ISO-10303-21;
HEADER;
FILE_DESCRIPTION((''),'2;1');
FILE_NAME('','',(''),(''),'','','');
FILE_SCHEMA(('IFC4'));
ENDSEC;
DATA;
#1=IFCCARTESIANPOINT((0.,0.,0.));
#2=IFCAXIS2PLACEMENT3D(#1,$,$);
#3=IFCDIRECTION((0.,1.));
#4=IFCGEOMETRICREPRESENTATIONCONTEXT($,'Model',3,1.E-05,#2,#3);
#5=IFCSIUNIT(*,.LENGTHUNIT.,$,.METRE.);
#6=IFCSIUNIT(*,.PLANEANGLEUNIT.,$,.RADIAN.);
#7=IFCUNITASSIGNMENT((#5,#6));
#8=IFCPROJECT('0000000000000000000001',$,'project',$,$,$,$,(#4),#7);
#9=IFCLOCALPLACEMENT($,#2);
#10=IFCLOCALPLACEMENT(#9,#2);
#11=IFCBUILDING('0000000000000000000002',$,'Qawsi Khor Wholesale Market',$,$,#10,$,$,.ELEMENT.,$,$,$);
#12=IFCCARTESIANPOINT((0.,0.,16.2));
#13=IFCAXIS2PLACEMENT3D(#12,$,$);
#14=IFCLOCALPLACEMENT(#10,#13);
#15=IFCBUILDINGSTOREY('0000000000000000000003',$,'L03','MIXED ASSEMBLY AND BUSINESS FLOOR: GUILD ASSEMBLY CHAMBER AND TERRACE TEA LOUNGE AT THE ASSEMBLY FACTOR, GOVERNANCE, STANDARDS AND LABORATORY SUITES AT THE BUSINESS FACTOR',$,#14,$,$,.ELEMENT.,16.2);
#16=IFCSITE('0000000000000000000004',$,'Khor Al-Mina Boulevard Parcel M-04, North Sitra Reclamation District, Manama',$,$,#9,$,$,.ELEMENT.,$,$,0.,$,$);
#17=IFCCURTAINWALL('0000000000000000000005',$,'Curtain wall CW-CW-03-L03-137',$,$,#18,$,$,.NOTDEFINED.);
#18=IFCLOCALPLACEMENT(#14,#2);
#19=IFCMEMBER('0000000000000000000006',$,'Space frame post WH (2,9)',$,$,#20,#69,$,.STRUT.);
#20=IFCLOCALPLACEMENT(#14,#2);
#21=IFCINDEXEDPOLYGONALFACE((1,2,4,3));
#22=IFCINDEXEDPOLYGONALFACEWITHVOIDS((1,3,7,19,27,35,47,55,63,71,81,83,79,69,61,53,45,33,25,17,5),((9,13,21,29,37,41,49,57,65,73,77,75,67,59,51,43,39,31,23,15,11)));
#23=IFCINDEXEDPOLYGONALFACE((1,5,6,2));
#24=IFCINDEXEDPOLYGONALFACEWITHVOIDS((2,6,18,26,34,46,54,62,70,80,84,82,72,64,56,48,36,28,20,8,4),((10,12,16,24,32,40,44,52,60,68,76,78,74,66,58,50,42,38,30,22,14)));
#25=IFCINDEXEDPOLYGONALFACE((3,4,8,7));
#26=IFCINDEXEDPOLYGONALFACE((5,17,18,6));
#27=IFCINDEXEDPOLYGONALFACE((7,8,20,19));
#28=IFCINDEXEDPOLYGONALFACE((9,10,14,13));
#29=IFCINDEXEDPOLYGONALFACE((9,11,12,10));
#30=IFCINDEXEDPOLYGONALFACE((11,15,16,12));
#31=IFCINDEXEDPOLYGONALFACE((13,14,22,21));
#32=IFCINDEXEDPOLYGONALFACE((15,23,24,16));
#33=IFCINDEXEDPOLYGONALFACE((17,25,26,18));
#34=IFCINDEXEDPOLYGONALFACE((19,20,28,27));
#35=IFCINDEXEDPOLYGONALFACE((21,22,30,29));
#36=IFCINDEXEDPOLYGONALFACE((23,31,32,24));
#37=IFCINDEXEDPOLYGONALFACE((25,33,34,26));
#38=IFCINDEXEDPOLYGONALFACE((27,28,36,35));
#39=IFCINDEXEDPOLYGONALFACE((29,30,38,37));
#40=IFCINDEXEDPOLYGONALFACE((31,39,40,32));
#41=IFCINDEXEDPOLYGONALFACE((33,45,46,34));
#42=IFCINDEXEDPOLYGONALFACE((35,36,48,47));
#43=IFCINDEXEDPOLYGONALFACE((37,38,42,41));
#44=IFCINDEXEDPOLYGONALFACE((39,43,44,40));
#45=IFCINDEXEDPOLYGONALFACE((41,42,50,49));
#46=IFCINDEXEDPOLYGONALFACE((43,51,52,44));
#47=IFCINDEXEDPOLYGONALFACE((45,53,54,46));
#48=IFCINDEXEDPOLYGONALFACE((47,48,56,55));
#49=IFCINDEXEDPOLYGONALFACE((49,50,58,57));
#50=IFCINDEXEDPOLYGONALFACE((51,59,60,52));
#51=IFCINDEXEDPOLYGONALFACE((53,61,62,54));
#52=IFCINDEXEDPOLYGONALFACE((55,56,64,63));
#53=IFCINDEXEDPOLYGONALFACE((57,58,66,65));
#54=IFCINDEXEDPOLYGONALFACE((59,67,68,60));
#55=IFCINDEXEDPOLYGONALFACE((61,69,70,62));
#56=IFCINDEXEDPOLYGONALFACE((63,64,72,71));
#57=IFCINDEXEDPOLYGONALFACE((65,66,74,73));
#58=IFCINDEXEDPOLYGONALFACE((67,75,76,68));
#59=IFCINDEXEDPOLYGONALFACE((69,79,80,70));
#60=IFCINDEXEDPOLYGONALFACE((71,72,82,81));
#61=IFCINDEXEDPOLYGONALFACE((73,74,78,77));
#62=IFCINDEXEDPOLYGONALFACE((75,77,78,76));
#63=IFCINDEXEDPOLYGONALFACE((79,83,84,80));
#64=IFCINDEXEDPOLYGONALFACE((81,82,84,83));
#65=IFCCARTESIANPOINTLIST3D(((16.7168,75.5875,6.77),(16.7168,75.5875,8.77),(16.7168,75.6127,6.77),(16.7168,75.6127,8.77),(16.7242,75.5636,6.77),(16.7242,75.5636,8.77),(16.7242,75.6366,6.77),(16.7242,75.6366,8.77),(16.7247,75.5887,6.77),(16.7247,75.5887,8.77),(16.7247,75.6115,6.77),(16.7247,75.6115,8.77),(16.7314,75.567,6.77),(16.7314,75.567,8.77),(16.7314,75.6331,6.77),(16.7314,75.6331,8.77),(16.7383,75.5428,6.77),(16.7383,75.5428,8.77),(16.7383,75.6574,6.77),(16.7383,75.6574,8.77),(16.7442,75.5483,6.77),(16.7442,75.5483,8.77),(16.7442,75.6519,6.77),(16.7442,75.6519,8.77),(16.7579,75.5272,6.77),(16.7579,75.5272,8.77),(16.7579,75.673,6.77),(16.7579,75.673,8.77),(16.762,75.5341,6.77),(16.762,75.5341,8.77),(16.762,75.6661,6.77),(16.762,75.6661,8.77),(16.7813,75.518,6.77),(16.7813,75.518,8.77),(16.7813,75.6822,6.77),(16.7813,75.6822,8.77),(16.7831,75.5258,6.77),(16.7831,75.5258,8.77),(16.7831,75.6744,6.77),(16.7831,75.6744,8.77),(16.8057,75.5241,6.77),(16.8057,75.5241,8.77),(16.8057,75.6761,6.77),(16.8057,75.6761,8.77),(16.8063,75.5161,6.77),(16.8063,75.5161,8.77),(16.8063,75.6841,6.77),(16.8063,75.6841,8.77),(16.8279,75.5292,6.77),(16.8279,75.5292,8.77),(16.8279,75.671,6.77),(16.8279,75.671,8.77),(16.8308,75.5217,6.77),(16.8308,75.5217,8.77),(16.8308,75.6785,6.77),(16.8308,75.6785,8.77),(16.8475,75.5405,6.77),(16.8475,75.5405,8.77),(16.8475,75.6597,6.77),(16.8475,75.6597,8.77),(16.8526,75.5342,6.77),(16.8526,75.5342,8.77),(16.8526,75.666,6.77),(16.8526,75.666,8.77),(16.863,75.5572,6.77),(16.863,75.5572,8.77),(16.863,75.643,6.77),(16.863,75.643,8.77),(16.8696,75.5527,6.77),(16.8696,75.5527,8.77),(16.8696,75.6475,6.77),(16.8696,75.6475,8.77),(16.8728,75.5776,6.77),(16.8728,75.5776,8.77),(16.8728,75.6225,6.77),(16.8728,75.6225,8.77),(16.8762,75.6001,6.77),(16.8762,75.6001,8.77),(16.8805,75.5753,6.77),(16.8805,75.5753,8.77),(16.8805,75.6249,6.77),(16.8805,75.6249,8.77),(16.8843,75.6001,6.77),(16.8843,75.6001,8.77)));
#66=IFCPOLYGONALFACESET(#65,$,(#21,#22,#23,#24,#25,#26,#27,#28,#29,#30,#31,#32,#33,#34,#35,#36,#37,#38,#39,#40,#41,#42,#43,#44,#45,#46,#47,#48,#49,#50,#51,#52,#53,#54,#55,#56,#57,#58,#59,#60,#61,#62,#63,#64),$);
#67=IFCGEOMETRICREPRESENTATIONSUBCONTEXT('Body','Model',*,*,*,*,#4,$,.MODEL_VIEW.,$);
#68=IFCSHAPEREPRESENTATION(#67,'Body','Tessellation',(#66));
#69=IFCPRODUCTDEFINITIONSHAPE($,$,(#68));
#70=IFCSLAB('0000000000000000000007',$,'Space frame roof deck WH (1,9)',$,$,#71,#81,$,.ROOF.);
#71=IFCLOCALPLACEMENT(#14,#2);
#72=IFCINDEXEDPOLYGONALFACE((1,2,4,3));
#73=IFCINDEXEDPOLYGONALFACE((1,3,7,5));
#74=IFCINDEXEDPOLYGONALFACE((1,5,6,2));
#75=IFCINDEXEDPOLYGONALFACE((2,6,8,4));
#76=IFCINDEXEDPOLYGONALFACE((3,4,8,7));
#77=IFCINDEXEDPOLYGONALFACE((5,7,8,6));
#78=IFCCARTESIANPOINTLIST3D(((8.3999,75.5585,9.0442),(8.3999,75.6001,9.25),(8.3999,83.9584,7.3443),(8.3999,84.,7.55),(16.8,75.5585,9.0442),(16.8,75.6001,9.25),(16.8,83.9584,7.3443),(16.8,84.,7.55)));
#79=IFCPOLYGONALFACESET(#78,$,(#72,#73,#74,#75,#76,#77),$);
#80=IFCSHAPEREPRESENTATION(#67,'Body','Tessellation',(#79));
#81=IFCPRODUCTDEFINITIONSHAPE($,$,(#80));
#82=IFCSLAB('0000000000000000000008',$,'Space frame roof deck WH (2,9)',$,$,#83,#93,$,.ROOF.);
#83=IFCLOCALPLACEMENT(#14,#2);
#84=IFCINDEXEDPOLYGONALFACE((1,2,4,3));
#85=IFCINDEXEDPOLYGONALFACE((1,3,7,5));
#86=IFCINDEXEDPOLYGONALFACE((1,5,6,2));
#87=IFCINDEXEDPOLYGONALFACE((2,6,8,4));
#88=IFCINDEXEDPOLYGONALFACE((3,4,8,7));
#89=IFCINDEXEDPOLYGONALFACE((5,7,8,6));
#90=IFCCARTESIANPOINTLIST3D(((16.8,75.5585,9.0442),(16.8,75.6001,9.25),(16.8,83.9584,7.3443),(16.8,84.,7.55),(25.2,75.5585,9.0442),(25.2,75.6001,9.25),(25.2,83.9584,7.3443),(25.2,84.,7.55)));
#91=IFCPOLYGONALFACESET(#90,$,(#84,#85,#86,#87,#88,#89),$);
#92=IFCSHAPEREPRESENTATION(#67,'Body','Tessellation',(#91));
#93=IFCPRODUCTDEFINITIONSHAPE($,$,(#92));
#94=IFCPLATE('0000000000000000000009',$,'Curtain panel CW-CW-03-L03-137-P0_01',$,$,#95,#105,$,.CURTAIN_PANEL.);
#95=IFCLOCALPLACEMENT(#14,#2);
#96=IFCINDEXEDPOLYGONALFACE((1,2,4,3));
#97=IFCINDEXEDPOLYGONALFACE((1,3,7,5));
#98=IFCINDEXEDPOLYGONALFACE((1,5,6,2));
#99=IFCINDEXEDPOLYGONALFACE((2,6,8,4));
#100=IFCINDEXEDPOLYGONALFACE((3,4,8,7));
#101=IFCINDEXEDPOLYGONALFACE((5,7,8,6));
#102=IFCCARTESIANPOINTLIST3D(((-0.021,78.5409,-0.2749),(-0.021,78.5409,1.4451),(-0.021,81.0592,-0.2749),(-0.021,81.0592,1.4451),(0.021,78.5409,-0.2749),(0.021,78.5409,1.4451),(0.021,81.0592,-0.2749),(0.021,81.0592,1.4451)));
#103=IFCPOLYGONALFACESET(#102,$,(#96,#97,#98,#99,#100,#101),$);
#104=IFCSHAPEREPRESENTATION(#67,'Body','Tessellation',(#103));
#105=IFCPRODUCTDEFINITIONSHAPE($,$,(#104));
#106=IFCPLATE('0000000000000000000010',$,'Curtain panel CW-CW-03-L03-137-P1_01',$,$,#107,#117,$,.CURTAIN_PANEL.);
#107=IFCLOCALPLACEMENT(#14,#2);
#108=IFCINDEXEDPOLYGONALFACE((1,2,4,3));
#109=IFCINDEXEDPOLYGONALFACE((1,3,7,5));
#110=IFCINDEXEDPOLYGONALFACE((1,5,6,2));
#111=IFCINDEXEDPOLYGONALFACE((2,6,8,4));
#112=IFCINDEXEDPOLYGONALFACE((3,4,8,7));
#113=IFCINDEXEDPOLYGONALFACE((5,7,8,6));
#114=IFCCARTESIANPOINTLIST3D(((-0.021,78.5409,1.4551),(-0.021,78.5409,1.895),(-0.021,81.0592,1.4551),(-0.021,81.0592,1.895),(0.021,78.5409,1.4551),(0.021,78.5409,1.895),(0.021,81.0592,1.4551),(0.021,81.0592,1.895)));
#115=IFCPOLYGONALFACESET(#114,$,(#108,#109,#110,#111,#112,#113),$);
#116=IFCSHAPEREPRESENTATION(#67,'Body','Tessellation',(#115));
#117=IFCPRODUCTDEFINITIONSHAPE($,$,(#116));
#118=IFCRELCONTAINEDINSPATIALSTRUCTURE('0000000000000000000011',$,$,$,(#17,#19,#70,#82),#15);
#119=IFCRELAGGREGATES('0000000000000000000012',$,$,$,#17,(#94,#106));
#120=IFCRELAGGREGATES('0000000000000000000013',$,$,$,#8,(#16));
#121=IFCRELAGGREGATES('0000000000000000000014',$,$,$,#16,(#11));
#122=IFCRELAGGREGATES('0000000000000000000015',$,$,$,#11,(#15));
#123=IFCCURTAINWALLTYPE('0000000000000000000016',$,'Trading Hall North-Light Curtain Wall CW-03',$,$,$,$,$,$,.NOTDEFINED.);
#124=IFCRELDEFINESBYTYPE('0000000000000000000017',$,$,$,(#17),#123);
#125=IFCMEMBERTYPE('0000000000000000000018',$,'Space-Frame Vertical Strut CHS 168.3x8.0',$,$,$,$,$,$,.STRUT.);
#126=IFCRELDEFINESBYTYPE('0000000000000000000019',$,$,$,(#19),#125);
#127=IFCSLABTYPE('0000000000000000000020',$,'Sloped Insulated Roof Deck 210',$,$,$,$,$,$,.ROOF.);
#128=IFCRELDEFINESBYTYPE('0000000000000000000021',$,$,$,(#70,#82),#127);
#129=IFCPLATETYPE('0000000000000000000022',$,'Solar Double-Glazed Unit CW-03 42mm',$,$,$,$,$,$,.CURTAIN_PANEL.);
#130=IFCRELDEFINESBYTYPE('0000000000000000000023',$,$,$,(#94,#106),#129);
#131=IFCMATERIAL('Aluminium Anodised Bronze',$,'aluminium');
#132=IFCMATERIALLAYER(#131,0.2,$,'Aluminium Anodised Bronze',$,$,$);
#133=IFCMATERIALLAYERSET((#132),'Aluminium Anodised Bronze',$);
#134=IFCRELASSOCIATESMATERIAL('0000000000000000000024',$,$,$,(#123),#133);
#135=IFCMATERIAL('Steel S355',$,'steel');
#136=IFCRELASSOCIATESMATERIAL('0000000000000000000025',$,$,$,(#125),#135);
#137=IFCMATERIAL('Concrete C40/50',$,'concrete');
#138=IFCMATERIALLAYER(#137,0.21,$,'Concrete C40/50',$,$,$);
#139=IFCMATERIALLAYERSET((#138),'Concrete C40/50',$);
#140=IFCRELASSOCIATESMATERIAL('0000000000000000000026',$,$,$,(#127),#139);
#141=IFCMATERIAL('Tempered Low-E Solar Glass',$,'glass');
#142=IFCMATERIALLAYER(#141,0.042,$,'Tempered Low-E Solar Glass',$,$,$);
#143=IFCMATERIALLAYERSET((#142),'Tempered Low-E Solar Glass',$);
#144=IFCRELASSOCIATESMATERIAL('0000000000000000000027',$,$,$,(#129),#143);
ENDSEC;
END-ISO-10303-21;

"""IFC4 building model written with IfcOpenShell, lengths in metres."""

from ifc_helpers import new_model, si_unit, direction, frame, frame_2d, origin, origin_2d, place, context, subcontext, project, spatial, polyline, rectangle, hollow_circle, outline, extrude, material, layer, layer_set, material_profile, profile_set, type_object, element, aggregate, save


model = new_model("IFC4")

# Units and contexts
model_context = context("Model", 3, precision=1e-05, world=origin(), true_north=direction((0.0, 1.0)))
body_context = subcontext(model_context, "Body", "Model", "MODEL_VIEW")
ifc_project = project(units=[si_unit("LENGTHUNIT", "METRE"), si_unit("PLANEANGLEUNIT", "RADIAN")], contexts=[model_context])

# Site, building, storey
site_placement = place(None, origin())
site = spatial("IfcSite", under=ifc_project, at=site_placement, Name="Khor Al-Mina Boulevard Parcel M-04, North Sitra Reclamation District, Manama", CompositionType="ELEMENT", RefElevation=0.0)
building_placement = place(site_placement, origin())
building = spatial("IfcBuilding", under=site, at=building_placement, Name="Qawsi Khor Wholesale Market", CompositionType="ELEMENT")
storey_placement = place(building_placement, frame((0.0, 0.0, 16.2)))
storey = spatial("IfcBuildingStorey", under=building, at=storey_placement, Name="L03", Description="MIXED ASSEMBLY AND BUSINESS FLOOR: GUILD ASSEMBLY CHAMBER AND TERRACE TEA LOUNGE AT THE ASSEMBLY FACTOR, GOVERNANCE, STANDARDS AND LABORATORY SUITES AT THE BUSINESS FACTOR", CompositionType="ELEMENT", Elevation=16.2)

# Curtain wall
ifc_material_1 = material(Name="Aluminium Anodised Bronze", Category="aluminium")
ifc_layer_1 = layer(ifc_material_1, 0.2, Name="Aluminium Anodised Bronze")
ifc_layer_set_1 = layer_set([ifc_layer_1], Name="Aluminium Anodised Bronze")
curtain_wall_type = type_object("IfcCurtainWallType", Name="Trading Hall North-Light Curtain Wall CW-03", PredefinedType="NOTDEFINED", material=ifc_layer_set_1)
curtain_wall_placement = place(storey_placement, origin())
curtain_wall = element("IfcCurtainWall", 1, at=curtain_wall_placement, inside=storey, type_object=curtain_wall_type, Name="Curtain wall CW-CW-03-L03-137", PredefinedType="NOTDEFINED")

# Member
ifc_material_2 = material(Name="Steel S355", Category="steel")
ifc_material_profile_1 = material_profile(ifc_material_2, hollow_circle(Radius=0.0842, WallThickness=0.0081, at=origin_2d()), Name="CHS 168.3x8.0")
ifc_profile_set_1 = profile_set([ifc_material_profile_1], Name="Steel S355")
member_type_1 = type_object("IfcMemberType", Name="Space-Frame Vertical Strut CHS 168.3x8.0", PredefinedType="STRUT", material=ifc_profile_set_1)
for number, where, z_axis, x_axis, name in (
    (2, (16.8, 75.6001, 6.77), (0.0, 0.0, 1.0), (1.0, 0.0, 0.0), "Space frame post WH (2,9)"),
):
    element("IfcMember", number, at=place(storey_placement, frame(where, z_axis=z_axis, x_axis=x_axis)), inside=storey, type_object=member_type_1, Name=name, PredefinedType="STRUT", context=body_context, shape_type="SweptSolid", body=[
        extrude(hollow_circle(Radius=0.0842, WallThickness=0.0081, at=origin_2d()), origin(), (0.0, 0.0, 1.0), 2.0),
    ])

# Slabs
ifc_material_3 = material(Name="Concrete C40/50", Category="concrete")
ifc_layer_2 = layer(ifc_material_3, 0.21, Name="Concrete C40/50")
ifc_layer_set_2 = layer_set([ifc_layer_2], Name="Concrete C40/50")
slab_type = type_object("IfcSlabType", Name="Sloped Insulated Roof Deck 210", PredefinedType="ROOF", material=ifc_layer_set_2)
slab_1_placement = place(storey_placement, frame((8.3999, 75.6001, 9.25), z_axis=(0.0, 0.198356, 0.98013), x_axis=(1.0, 0.0, 0.0)))
element("IfcSlab", 3, at=slab_1_placement, inside=storey, type_object=slab_type, Name="Space frame roof deck WH (1,9)", PredefinedType="ROOF", context=body_context, shape_type="SweptSolid", body=[
    extrude(outline(polyline([(0.0, 0.0), (8.4001, 0.0), (8.4001, 8.5702), (0.0, 8.5702), (0.0, 0.0)])), origin(), (0.0, 0.0, -1.0), 0.21),
])
slab_2_placement = place(storey_placement, frame((16.8, 75.6001, 9.25), z_axis=(0.0, 0.198356, 0.98013), x_axis=(1.0, 0.0, 0.0)))
element("IfcSlab", 4, at=slab_2_placement, inside=storey, type_object=slab_type, Name="Space frame roof deck WH (2,9)", PredefinedType="ROOF", context=body_context, shape_type="SweptSolid", body=[
    extrude(outline(polyline([(0.0, 0.0), (8.3999, 0.0), (8.3999, 8.5702), (0.0, 8.5702), (0.0, 0.0)])), origin(), (0.0, 0.0, -1.0), 0.21),
])

# Plates
ifc_material_4 = material(Name="Tempered Low-E Solar Glass", Category="glass")
ifc_layer_3 = layer(ifc_material_4, 0.042, Name="Tempered Low-E Solar Glass")
ifc_layer_set_3 = layer_set([ifc_layer_3], Name="Tempered Low-E Solar Glass")
plate_type = type_object("IfcPlateType", Name="Solar Double-Glazed Unit CW-03 42mm", PredefinedType="CURTAIN_PANEL", material=ifc_layer_set_3)
plate_1_placement = place(storey_placement, frame((0.0, 78.5408, -0.2749), z_axis=(0.0, 0.0, 1.0), x_axis=(0.0, 1.0, 0.0)))
plate_1 = element("IfcPlate", 5, at=plate_1_placement, type_object=plate_type, Name="Curtain panel CW-CW-03-L03-137-P0_01", PredefinedType="CURTAIN_PANEL", context=body_context, shape_type="SweptSolid", body=[
    extrude(rectangle(XDim=2.5183, YDim=0.042, at=frame_2d((1.2593, 0.0))), origin(), (0.0, 0.0, 1.0), 1.72),
])
plate_2_placement = place(storey_placement, frame((0.0, 78.5408, 1.4551), z_axis=(0.0, 0.0, 1.0), x_axis=(0.0, 1.0, 0.0)))
plate_2 = element("IfcPlate", 6, at=plate_2_placement, type_object=plate_type, Name="Curtain panel CW-CW-03-L03-137-P1_01", PredefinedType="CURTAIN_PANEL", context=body_context, shape_type="SweptSolid", body=[
    extrude(rectangle(XDim=2.5183, YDim=0.042, at=frame_2d((1.2593, 0.0))), origin(), (0.0, 0.0, 1.0), 0.4399),
])
aggregate(curtain_wall, [plate_1, plate_2])

save(model, "model.ifc")
